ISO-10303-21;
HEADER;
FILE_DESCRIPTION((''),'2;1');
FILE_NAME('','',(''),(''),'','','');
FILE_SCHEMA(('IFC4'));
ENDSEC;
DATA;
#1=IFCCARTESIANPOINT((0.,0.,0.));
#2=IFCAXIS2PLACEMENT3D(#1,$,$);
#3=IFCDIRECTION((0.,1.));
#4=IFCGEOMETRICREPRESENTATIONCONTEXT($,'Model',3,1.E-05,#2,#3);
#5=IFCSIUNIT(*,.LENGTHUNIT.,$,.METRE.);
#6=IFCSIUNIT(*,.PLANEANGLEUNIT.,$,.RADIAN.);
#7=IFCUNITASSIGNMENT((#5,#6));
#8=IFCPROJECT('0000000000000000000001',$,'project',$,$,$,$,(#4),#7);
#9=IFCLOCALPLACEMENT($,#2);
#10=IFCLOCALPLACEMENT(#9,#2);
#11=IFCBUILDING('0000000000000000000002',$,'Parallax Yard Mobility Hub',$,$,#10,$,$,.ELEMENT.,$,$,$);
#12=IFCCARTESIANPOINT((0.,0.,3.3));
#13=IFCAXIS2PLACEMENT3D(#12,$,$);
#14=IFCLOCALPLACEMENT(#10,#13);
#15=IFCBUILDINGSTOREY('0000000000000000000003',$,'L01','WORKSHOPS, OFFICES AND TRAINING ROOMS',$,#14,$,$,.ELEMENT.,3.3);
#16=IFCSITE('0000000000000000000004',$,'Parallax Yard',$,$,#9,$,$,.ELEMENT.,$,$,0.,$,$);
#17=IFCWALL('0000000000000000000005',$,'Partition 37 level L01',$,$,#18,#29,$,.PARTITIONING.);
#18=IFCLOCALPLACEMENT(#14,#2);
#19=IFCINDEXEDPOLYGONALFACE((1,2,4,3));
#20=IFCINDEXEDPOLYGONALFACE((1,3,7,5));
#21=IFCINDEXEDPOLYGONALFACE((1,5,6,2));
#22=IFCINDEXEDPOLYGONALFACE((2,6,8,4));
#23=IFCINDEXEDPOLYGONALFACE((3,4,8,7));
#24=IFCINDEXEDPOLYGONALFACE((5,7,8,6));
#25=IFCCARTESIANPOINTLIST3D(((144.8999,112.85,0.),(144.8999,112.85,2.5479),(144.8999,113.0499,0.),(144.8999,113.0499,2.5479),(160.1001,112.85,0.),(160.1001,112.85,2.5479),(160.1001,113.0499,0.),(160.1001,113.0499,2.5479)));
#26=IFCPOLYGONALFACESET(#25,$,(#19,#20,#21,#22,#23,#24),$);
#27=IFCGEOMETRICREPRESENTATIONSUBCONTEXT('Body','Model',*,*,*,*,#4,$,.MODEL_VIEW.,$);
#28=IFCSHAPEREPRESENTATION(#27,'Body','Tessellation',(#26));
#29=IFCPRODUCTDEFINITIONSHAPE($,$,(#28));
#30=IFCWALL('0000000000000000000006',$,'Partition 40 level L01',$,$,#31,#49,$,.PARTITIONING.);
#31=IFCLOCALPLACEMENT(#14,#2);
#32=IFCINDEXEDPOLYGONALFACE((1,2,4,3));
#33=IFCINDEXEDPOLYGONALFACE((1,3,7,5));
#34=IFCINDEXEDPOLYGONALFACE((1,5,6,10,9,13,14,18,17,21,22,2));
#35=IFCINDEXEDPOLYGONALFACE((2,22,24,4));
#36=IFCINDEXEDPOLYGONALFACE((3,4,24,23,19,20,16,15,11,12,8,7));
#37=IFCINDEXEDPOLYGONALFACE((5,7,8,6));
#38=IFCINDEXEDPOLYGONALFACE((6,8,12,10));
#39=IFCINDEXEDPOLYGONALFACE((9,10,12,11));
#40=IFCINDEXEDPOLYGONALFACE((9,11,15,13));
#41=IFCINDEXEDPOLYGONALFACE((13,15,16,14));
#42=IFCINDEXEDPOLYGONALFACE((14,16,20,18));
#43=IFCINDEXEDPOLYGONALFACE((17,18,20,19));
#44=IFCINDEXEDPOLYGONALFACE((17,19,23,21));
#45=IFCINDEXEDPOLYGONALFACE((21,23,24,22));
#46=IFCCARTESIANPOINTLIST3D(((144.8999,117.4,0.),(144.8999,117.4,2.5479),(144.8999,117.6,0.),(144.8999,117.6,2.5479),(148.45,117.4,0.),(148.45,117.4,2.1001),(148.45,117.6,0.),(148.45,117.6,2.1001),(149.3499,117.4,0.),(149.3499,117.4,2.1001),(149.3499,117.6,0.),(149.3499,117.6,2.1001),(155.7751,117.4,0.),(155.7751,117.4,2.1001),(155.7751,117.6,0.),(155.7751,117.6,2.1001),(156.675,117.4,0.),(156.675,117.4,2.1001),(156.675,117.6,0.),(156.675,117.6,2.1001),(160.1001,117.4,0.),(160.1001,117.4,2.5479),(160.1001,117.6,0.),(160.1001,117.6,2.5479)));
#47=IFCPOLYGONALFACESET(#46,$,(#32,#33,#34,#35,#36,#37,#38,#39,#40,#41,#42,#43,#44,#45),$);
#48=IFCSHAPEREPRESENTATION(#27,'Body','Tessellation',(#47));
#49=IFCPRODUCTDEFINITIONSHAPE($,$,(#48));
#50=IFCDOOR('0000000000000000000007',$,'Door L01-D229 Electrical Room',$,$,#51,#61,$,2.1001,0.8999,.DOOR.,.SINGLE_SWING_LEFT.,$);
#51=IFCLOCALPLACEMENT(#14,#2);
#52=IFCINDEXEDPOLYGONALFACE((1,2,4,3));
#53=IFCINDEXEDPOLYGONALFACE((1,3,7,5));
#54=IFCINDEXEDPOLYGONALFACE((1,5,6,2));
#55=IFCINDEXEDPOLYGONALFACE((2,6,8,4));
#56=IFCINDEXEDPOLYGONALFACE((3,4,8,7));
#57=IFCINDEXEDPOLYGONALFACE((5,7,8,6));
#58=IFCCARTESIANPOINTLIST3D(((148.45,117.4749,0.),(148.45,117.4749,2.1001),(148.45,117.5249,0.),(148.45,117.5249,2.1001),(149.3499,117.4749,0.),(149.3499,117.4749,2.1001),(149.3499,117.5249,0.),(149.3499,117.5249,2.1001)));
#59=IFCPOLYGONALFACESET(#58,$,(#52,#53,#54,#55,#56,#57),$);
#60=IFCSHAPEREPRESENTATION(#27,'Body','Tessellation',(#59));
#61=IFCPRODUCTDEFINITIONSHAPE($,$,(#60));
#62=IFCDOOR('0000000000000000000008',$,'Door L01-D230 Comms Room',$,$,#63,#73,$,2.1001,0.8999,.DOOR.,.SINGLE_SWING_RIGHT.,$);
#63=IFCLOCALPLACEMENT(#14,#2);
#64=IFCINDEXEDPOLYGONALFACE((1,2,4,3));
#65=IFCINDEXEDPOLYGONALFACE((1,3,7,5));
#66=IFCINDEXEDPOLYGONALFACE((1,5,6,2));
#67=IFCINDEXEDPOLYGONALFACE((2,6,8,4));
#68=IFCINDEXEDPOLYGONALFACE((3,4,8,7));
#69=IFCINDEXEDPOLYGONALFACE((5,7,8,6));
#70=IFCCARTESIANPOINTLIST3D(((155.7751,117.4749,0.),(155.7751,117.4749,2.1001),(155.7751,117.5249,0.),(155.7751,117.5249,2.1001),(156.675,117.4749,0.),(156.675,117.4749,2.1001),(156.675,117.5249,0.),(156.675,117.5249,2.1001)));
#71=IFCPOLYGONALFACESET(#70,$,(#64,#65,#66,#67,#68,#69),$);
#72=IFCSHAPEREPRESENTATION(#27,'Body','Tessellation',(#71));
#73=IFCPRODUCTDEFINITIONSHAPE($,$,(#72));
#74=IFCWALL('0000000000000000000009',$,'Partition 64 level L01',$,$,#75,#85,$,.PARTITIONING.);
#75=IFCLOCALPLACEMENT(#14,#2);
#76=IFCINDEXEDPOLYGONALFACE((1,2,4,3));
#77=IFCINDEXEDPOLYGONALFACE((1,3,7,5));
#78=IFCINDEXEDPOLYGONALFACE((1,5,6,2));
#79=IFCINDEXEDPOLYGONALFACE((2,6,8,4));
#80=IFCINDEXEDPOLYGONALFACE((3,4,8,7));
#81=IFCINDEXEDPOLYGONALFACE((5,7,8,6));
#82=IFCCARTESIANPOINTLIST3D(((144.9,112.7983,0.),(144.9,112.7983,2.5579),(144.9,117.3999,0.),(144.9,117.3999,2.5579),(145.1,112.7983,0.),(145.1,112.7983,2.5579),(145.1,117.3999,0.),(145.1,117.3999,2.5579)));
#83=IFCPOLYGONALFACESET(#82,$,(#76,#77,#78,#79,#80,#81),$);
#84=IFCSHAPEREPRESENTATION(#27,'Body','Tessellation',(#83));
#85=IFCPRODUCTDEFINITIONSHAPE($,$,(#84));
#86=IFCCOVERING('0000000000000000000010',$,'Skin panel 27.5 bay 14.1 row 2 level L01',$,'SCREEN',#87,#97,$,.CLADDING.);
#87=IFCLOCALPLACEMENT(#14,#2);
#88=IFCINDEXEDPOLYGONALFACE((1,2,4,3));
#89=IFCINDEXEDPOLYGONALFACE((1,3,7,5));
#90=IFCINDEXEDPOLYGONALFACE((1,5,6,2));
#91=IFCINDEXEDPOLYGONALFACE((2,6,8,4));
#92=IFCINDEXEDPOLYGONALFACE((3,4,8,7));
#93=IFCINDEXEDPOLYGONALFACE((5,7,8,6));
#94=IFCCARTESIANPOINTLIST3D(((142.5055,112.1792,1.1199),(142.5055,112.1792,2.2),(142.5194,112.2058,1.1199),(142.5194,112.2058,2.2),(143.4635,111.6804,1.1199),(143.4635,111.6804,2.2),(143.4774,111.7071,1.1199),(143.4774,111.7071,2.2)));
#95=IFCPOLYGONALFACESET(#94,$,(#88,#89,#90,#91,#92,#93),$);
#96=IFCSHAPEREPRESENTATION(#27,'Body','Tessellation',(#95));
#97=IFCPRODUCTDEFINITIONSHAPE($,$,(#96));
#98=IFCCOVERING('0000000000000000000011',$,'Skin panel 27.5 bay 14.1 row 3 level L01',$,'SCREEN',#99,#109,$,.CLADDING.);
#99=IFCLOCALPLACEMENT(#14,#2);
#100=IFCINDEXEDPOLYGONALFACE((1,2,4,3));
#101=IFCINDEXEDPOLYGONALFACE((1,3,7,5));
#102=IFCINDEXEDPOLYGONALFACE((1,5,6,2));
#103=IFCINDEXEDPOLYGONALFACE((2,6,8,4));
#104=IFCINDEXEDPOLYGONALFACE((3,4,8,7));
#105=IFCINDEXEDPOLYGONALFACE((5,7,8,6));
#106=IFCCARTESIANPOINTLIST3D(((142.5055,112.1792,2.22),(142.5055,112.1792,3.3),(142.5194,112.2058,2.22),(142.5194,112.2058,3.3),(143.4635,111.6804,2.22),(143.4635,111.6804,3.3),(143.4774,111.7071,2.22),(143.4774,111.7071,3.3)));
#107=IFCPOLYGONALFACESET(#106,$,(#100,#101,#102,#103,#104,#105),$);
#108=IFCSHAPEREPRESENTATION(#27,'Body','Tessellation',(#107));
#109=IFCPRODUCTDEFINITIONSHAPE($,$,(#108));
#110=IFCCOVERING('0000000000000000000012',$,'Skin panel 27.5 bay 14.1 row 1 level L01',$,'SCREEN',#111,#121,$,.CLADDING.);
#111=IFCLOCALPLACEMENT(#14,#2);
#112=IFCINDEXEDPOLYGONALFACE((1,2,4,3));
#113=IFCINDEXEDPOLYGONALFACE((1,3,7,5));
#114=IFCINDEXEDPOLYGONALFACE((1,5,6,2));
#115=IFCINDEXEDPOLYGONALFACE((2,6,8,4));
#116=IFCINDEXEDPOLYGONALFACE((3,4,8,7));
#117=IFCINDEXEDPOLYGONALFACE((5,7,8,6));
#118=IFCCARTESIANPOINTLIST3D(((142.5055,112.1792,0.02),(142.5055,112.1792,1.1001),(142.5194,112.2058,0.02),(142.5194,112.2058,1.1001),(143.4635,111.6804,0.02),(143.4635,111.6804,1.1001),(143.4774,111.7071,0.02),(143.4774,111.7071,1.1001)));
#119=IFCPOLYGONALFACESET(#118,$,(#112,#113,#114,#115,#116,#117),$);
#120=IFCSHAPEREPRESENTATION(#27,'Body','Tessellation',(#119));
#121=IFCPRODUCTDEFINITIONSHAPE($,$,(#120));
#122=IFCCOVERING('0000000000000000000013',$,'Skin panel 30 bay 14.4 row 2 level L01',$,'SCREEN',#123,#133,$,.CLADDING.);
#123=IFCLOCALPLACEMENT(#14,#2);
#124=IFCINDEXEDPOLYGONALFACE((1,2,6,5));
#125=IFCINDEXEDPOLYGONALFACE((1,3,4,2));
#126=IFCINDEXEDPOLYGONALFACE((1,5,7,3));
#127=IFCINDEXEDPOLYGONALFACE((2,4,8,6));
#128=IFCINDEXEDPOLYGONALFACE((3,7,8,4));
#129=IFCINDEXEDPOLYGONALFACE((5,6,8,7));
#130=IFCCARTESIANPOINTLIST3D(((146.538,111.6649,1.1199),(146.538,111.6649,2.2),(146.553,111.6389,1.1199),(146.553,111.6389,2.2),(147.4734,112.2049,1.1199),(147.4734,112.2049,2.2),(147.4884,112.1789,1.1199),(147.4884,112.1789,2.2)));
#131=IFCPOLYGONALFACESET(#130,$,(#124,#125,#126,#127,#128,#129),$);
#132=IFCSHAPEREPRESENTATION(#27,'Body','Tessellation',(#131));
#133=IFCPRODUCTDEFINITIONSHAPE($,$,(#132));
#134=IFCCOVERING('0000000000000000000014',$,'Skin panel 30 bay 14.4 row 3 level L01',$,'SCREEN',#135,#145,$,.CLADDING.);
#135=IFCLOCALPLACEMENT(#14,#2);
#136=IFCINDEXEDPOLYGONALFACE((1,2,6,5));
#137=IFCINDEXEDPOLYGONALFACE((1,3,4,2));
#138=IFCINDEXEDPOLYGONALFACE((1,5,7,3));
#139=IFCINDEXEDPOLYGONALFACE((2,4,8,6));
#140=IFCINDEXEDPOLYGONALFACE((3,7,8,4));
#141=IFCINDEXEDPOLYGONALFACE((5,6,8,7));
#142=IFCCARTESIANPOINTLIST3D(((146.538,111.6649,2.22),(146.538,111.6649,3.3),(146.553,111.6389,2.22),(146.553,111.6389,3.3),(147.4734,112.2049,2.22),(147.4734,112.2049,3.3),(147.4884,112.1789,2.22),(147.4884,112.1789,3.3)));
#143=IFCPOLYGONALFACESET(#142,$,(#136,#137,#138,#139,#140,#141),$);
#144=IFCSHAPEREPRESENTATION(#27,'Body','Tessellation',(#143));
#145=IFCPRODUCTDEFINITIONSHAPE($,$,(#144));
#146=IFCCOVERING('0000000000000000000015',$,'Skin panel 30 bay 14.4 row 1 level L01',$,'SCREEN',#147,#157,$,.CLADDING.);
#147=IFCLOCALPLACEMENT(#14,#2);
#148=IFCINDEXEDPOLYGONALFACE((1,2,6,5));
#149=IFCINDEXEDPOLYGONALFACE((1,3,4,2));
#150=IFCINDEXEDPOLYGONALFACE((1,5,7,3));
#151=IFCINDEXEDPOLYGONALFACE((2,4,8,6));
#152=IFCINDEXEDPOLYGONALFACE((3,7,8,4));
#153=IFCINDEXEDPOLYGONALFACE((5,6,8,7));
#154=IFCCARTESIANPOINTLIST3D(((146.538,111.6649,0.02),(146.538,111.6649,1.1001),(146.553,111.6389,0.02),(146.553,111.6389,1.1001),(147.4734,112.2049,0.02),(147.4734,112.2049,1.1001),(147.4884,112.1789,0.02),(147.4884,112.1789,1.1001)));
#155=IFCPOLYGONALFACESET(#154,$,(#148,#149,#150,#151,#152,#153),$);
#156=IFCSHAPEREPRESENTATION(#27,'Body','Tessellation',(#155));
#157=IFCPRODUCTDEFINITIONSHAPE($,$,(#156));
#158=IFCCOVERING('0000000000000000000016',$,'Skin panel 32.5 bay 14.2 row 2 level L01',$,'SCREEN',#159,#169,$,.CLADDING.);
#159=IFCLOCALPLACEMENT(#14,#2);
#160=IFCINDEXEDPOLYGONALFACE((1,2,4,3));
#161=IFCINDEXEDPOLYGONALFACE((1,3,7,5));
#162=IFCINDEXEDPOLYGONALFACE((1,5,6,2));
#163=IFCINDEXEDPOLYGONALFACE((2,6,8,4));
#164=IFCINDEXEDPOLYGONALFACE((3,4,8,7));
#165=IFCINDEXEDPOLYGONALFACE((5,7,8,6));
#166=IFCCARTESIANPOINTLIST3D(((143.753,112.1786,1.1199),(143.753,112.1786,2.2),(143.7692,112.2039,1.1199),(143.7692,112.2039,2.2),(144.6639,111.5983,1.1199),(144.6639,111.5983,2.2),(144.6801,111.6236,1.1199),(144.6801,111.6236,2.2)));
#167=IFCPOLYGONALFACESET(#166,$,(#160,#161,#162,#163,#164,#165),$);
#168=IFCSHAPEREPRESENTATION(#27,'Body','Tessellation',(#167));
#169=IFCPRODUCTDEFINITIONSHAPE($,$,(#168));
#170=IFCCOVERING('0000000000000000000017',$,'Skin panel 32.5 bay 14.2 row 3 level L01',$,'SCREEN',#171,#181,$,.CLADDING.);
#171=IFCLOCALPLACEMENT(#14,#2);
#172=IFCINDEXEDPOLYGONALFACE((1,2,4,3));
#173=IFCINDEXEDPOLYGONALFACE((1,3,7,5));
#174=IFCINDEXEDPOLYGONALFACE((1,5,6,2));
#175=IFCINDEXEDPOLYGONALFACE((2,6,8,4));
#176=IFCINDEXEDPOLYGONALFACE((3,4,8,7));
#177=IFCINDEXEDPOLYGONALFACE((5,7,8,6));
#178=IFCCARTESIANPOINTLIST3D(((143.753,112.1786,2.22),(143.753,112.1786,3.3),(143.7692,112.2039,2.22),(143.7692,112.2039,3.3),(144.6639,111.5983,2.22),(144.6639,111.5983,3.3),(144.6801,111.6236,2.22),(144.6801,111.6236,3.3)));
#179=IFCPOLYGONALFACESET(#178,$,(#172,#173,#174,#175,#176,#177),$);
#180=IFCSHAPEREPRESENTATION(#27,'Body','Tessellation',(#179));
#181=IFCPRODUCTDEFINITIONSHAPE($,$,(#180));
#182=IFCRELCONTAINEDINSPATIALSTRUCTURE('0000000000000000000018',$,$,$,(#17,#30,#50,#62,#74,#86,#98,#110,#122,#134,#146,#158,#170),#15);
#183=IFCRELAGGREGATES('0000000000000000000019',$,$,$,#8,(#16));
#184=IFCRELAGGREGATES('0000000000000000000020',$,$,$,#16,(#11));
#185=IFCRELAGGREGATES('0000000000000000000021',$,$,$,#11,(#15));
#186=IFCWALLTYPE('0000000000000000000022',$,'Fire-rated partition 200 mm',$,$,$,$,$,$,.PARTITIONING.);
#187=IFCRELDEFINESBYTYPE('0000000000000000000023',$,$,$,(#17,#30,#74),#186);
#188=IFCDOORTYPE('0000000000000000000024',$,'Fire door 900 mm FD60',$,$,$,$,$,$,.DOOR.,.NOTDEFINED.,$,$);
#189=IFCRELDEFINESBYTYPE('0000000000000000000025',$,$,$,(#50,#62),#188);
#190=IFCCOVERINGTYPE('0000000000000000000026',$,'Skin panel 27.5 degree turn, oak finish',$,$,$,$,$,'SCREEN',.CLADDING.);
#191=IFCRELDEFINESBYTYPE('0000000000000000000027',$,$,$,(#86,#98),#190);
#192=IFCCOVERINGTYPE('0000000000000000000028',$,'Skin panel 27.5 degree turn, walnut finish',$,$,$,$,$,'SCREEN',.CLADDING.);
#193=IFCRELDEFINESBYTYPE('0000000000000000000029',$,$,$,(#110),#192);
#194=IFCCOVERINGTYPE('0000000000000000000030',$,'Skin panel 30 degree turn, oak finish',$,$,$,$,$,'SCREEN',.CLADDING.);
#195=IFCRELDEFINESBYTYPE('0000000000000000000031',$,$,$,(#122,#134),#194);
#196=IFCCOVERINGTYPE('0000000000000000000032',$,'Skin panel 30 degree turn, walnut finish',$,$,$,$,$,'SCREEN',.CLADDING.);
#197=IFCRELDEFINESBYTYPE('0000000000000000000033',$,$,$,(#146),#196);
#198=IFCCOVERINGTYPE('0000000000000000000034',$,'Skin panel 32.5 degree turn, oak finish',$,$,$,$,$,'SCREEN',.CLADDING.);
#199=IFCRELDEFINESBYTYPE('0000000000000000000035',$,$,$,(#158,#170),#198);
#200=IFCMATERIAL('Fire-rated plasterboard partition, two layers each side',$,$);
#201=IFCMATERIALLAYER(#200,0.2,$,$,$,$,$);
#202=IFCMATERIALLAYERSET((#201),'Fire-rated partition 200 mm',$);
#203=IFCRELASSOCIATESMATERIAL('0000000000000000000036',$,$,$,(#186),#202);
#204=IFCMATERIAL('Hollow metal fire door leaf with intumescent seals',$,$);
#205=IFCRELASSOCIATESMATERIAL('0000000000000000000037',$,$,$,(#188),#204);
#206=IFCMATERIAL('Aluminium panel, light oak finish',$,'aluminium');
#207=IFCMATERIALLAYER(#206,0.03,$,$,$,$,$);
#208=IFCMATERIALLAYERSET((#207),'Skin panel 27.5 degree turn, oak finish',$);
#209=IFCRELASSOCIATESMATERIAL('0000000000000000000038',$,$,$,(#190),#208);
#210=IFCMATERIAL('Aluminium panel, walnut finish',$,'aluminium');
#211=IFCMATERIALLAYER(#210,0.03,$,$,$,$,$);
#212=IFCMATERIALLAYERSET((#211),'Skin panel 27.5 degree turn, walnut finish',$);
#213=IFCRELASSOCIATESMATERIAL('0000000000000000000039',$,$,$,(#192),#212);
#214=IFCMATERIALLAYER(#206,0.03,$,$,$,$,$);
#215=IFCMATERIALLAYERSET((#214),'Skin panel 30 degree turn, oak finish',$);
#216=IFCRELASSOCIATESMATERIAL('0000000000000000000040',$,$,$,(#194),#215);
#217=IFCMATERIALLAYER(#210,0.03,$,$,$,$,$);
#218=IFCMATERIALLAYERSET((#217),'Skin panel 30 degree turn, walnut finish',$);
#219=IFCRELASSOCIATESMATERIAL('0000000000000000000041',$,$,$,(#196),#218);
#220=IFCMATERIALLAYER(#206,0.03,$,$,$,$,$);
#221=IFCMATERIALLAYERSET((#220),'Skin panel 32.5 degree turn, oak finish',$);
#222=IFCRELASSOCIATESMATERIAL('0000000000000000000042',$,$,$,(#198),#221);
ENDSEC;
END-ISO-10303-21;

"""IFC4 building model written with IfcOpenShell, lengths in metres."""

from ifc_helpers import new_model, si_unit, direction, frame, frame_2d, origin, origin_2d, place, context, subcontext, project, spatial, rectangle, extrude, material, layer, layer_set, type_object, element, fill, save


model = new_model("IFC4")

# Units and contexts
model_context = context("Model", 3, precision=1e-05, world=origin(), true_north=direction((0.0, 1.0)))
body_context = subcontext(model_context, "Body", "Model", "MODEL_VIEW")
ifc_project = project(units=[si_unit("LENGTHUNIT", "METRE"), si_unit("PLANEANGLEUNIT", "RADIAN")], contexts=[model_context])

# Site, building, storey
site_placement = place(None, origin())
site = spatial("IfcSite", under=ifc_project, at=site_placement, Name="Parallax Yard", CompositionType="ELEMENT", RefElevation=0.0)
building_placement = place(site_placement, origin())
building = spatial("IfcBuilding", under=site, at=building_placement, Name="Parallax Yard Mobility Hub", CompositionType="ELEMENT")
storey_placement = place(building_placement, frame((0.0, 0.0, 3.3)))
storey = spatial("IfcBuildingStorey", under=building, at=storey_placement, Name="L01", Description="WORKSHOPS, OFFICES AND TRAINING ROOMS", CompositionType="ELEMENT", Elevation=3.3)

# Wall
ifc_material_1 = material(Name="Fire-rated plasterboard partition, two layers each side")
ifc_layer_1 = layer(ifc_material_1, 0.2)
ifc_layer_set_1 = layer_set([ifc_layer_1], Name="Fire-rated partition 200 mm")
wall_type_1 = type_object("IfcWallType", Name="Fire-rated partition 200 mm", PredefinedType="PARTITIONING", material=ifc_layer_set_1)
wall_1_placement = place(storey_placement, frame((144.8999, 112.95, 0.0), z_axis=(0.0, 0.0, 1.0), x_axis=(1.0, 0.0, 0.0)))
element("IfcWall", 1, at=wall_1_placement, inside=storey, type_object=wall_type_1, Name="Partition 37 level L01", PredefinedType="PARTITIONING", context=body_context, shape_type="SweptSolid", body=[
    extrude(rectangle(XDim=15.2002, YDim=0.2, at=frame_2d((7.6001, 0.0))), origin(), (0.0, 0.0, 1.0), 2.5479),
])

# Wall, openings, doors
wall_2_placement = place(storey_placement, frame((144.8999, 117.5, 0.0), z_axis=(0.0, 0.0, 1.0), x_axis=(1.0, 0.0, 0.0)))
wall_2 = element("IfcWall", 2, at=wall_2_placement, inside=storey, type_object=wall_type_1, Name="Partition 40 level L01", PredefinedType="PARTITIONING", context=body_context, shape_type="SweptSolid", body=[
    extrude(rectangle(XDim=15.2002, YDim=0.2, at=frame_2d((7.6001, 0.0))), origin(), (0.0, 0.0, 1.0), 2.5479),
])
opening_1_placement = place(wall_2_placement, frame((3.55, 0.0, 0.0)))
opening_1 = element("IfcOpeningElement", 3, at=opening_1_placement, cuts=wall_2, PredefinedType="OPENING", context=body_context, shape_type="SweptSolid", body=[
    extrude(rectangle(XDim=0.8999, YDim=2.1001, at=frame_2d((0.45, 1.05))), frame((0.0, 0.1099, 0.0), z_axis=(0.0, -1.0, 0.0), x_axis=(1.0, 0.0, 0.0)), (0.0, 0.0, 1.0), 0.22),
])
opening_2_placement = place(wall_2_placement, frame((10.8752, 0.0, 0.0)))
opening_2 = element("IfcOpeningElement", 4, at=opening_2_placement, cuts=wall_2, PredefinedType="OPENING", context=body_context, shape_type="SweptSolid", body=[
    extrude(rectangle(XDim=0.8999, YDim=2.1001, at=frame_2d((0.45, 1.05))), frame((0.0, 0.1099, 0.0), z_axis=(0.0, -1.0, 0.0), x_axis=(1.0, 0.0, 0.0)), (0.0, 0.0, 1.0), 0.22),
])
ifc_material_2 = material(Name="Hollow metal fire door leaf with intumescent seals")
door_type = type_object("IfcDoorType", Name="Fire door 900 mm FD60", OperationType="NOTDEFINED", PredefinedType="DOOR", material=ifc_material_2)
door_1_placement = place(opening_1_placement, origin())
door_1 = element("IfcDoor", 5, at=door_1_placement, inside=storey, type_object=door_type, Name="Door L01-D229 Electrical Room", OperationType="SINGLE_SWING_LEFT", OverallHeight=2.1001, OverallWidth=0.8999, PredefinedType="DOOR", context=body_context, shape_type="SweptSolid", body=[
    extrude(rectangle(XDim=0.8999, YDim=2.1001, at=frame_2d((0.45, 1.05))), frame((0.0, 0.0249, 0.0), z_axis=(0.0, -1.0, 0.0), x_axis=(1.0, 0.0, 0.0)), (0.0, 0.0, 1.0), 0.05),
])
fill(opening_1, door_1)
door_2_placement = place(opening_2_placement, origin())
door_2 = element("IfcDoor", 6, at=door_2_placement, inside=storey, type_object=door_type, Name="Door L01-D230 Comms Room", OperationType="SINGLE_SWING_RIGHT", OverallHeight=2.1001, OverallWidth=0.8999, PredefinedType="DOOR", context=body_context, shape_type="SweptSolid", body=[
    extrude(rectangle(XDim=0.8999, YDim=2.1001, at=frame_2d((0.45, 1.05))), frame((0.0, 0.0249, 0.0), z_axis=(0.0, -1.0, 0.0), x_axis=(1.0, 0.0, 0.0)), (0.0, 0.0, 1.0), 0.05),
])
fill(opening_2, door_2)

# Wall
wall_3_placement = place(storey_placement, frame((145.0, 112.7983, 0.0), z_axis=(0.0, 0.0, 1.0), x_axis=(0.0, 1.0, 0.0)))
element("IfcWall", 7, at=wall_3_placement, inside=storey, type_object=wall_type_1, Name="Partition 64 level L01", PredefinedType="PARTITIONING", context=body_context, shape_type="SweptSolid", body=[
    extrude(rectangle(XDim=4.6016, YDim=0.2, at=frame_2d((2.3008, 0.0))), origin(), (0.0, 0.0, 1.0), 2.5579),
])

# Coverings
ifc_material_3 = material(Name="Aluminium panel, light oak finish", Category="aluminium")
ifc_layer_2 = layer(ifc_material_3, 0.03)
ifc_layer_set_2 = layer_set([ifc_layer_2], Name="Skin panel 27.5 degree turn, oak finish")
covering_type_1 = type_object("IfcCoveringType", Name="Skin panel 27.5 degree turn, oak finish", ElementType="SCREEN", PredefinedType="CLADDING", material=ifc_layer_set_2)
for number, where, z_axis, x_axis, name in (
    (8, (142.9915, 111.9431, 1.1199), (0.0, 0.0, 1.0), (0.887011, -0.461749, 0.0), "Skin panel 27.5 bay 14.1 row 2 level L01"),
    (9, (142.9915, 111.9431, 2.22), (0.0, 0.0, 1.0), (0.887011, -0.461749, 0.0), "Skin panel 27.5 bay 14.1 row 3 level L01"),
):
    element("IfcCovering", number, at=place(storey_placement, frame(where, z_axis=z_axis, x_axis=x_axis)), inside=storey, type_object=covering_type_1, Name=name, ObjectType="SCREEN", PredefinedType="CLADDING", context=body_context, shape_type="SweptSolid", body=[
        extrude(rectangle(XDim=1.0801, YDim=0.03, at=origin_2d()), origin(), (0.0, 0.0, 1.0), 1.0801),
    ])
ifc_material_4 = material(Name="Aluminium panel, walnut finish", Category="aluminium")
ifc_layer_3 = layer(ifc_material_4, 0.03)
ifc_layer_set_3 = layer_set([ifc_layer_3], Name="Skin panel 27.5 degree turn, walnut finish")
covering_type_2 = type_object("IfcCoveringType", Name="Skin panel 27.5 degree turn, walnut finish", ElementType="SCREEN", PredefinedType="CLADDING", material=ifc_layer_set_3)
covering_1_placement = place(storey_placement, frame((142.9915, 111.9431, 0.02), z_axis=(0.0, 0.0, 1.0), x_axis=(0.887011, -0.461749, 0.0)))
element("IfcCovering", 10, at=covering_1_placement, inside=storey, type_object=covering_type_2, Name="Skin panel 27.5 bay 14.1 row 1 level L01", ObjectType="SCREEN", PredefinedType="CLADDING", context=body_context, shape_type="SweptSolid", body=[
    extrude(rectangle(XDim=1.0801, YDim=0.03, at=origin_2d()), origin(), (0.0, 0.0, 1.0), 1.0801),
])
ifc_layer_4 = layer(ifc_material_3, 0.03)
ifc_layer_set_4 = layer_set([ifc_layer_4], Name="Skin panel 30 degree turn, oak finish")
covering_type_3 = type_object("IfcCoveringType", Name="Skin panel 30 degree turn, oak finish", ElementType="SCREEN", PredefinedType="CLADDING", material=ifc_layer_set_4)
for number, where, z_axis, x_axis, name in (
    (11, (147.0132, 111.9219, 1.1199), (0.0, 0.0, 1.0), (-0.866025, -0.5, 0.0), "Skin panel 30 bay 14.4 row 2 level L01"),
    (12, (147.0132, 111.9219, 2.22), (0.0, 0.0, 1.0), (-0.866025, -0.5, 0.0), "Skin panel 30 bay 14.4 row 3 level L01"),
):
    element("IfcCovering", number, at=place(storey_placement, frame(where, z_axis=z_axis, x_axis=x_axis)), inside=storey, type_object=covering_type_3, Name=name, ObjectType="SCREEN", PredefinedType="CLADDING", context=body_context, shape_type="SweptSolid", body=[
        extrude(rectangle(XDim=1.0801, YDim=0.03, at=origin_2d()), origin(), (0.0, 0.0, 1.0), 1.0801),
    ])
ifc_layer_5 = layer(ifc_material_4, 0.03)
ifc_layer_set_5 = layer_set([ifc_layer_5], Name="Skin panel 30 degree turn, walnut finish")
covering_type_4 = type_object("IfcCoveringType", Name="Skin panel 30 degree turn, walnut finish", ElementType="SCREEN", PredefinedType="CLADDING", material=ifc_layer_set_5)
covering_2_placement = place(storey_placement, frame((147.0132, 111.9219, 0.02), z_axis=(0.0, 0.0, 1.0), x_axis=(-0.866025, -0.5, 0.0)))
element("IfcCovering", 13, at=covering_2_placement, inside=storey, type_object=covering_type_4, Name="Skin panel 30 bay 14.4 row 1 level L01", ObjectType="SCREEN", PredefinedType="CLADDING", context=body_context, shape_type="SweptSolid", body=[
    extrude(rectangle(XDim=1.0801, YDim=0.03, at=origin_2d()), origin(), (0.0, 0.0, 1.0), 1.0801),
])
ifc_layer_6 = layer(ifc_material_3, 0.03)
ifc_layer_set_6 = layer_set([ifc_layer_6], Name="Skin panel 32.5 degree turn, oak finish")
covering_type_5 = type_object("IfcCoveringType", Name="Skin panel 32.5 degree turn, oak finish", ElementType="SCREEN", PredefinedType="CLADDING", material=ifc_layer_set_6)
for number, where, z_axis, x_axis, name in (
    (14, (144.2166, 111.9011, 1.1199), (0.0, 0.0, 1.0), (0.843391, -0.5373, 0.0), "Skin panel 32.5 bay 14.2 row 2 level L01"),
    (15, (144.2166, 111.9011, 2.22), (0.0, 0.0, 1.0), (0.843391, -0.5373, 0.0), "Skin panel 32.5 bay 14.2 row 3 level L01"),
):
    element("IfcCovering", number, at=place(storey_placement, frame(where, z_axis=z_axis, x_axis=x_axis)), inside=storey, type_object=covering_type_5, Name=name, ObjectType="SCREEN", PredefinedType="CLADDING", context=body_context, shape_type="SweptSolid", body=[
        extrude(rectangle(XDim=1.0801, YDim=0.03, at=origin_2d()), origin(), (0.0, 0.0, 1.0), 1.0801),
    ])

save(model, "model.ifc")
